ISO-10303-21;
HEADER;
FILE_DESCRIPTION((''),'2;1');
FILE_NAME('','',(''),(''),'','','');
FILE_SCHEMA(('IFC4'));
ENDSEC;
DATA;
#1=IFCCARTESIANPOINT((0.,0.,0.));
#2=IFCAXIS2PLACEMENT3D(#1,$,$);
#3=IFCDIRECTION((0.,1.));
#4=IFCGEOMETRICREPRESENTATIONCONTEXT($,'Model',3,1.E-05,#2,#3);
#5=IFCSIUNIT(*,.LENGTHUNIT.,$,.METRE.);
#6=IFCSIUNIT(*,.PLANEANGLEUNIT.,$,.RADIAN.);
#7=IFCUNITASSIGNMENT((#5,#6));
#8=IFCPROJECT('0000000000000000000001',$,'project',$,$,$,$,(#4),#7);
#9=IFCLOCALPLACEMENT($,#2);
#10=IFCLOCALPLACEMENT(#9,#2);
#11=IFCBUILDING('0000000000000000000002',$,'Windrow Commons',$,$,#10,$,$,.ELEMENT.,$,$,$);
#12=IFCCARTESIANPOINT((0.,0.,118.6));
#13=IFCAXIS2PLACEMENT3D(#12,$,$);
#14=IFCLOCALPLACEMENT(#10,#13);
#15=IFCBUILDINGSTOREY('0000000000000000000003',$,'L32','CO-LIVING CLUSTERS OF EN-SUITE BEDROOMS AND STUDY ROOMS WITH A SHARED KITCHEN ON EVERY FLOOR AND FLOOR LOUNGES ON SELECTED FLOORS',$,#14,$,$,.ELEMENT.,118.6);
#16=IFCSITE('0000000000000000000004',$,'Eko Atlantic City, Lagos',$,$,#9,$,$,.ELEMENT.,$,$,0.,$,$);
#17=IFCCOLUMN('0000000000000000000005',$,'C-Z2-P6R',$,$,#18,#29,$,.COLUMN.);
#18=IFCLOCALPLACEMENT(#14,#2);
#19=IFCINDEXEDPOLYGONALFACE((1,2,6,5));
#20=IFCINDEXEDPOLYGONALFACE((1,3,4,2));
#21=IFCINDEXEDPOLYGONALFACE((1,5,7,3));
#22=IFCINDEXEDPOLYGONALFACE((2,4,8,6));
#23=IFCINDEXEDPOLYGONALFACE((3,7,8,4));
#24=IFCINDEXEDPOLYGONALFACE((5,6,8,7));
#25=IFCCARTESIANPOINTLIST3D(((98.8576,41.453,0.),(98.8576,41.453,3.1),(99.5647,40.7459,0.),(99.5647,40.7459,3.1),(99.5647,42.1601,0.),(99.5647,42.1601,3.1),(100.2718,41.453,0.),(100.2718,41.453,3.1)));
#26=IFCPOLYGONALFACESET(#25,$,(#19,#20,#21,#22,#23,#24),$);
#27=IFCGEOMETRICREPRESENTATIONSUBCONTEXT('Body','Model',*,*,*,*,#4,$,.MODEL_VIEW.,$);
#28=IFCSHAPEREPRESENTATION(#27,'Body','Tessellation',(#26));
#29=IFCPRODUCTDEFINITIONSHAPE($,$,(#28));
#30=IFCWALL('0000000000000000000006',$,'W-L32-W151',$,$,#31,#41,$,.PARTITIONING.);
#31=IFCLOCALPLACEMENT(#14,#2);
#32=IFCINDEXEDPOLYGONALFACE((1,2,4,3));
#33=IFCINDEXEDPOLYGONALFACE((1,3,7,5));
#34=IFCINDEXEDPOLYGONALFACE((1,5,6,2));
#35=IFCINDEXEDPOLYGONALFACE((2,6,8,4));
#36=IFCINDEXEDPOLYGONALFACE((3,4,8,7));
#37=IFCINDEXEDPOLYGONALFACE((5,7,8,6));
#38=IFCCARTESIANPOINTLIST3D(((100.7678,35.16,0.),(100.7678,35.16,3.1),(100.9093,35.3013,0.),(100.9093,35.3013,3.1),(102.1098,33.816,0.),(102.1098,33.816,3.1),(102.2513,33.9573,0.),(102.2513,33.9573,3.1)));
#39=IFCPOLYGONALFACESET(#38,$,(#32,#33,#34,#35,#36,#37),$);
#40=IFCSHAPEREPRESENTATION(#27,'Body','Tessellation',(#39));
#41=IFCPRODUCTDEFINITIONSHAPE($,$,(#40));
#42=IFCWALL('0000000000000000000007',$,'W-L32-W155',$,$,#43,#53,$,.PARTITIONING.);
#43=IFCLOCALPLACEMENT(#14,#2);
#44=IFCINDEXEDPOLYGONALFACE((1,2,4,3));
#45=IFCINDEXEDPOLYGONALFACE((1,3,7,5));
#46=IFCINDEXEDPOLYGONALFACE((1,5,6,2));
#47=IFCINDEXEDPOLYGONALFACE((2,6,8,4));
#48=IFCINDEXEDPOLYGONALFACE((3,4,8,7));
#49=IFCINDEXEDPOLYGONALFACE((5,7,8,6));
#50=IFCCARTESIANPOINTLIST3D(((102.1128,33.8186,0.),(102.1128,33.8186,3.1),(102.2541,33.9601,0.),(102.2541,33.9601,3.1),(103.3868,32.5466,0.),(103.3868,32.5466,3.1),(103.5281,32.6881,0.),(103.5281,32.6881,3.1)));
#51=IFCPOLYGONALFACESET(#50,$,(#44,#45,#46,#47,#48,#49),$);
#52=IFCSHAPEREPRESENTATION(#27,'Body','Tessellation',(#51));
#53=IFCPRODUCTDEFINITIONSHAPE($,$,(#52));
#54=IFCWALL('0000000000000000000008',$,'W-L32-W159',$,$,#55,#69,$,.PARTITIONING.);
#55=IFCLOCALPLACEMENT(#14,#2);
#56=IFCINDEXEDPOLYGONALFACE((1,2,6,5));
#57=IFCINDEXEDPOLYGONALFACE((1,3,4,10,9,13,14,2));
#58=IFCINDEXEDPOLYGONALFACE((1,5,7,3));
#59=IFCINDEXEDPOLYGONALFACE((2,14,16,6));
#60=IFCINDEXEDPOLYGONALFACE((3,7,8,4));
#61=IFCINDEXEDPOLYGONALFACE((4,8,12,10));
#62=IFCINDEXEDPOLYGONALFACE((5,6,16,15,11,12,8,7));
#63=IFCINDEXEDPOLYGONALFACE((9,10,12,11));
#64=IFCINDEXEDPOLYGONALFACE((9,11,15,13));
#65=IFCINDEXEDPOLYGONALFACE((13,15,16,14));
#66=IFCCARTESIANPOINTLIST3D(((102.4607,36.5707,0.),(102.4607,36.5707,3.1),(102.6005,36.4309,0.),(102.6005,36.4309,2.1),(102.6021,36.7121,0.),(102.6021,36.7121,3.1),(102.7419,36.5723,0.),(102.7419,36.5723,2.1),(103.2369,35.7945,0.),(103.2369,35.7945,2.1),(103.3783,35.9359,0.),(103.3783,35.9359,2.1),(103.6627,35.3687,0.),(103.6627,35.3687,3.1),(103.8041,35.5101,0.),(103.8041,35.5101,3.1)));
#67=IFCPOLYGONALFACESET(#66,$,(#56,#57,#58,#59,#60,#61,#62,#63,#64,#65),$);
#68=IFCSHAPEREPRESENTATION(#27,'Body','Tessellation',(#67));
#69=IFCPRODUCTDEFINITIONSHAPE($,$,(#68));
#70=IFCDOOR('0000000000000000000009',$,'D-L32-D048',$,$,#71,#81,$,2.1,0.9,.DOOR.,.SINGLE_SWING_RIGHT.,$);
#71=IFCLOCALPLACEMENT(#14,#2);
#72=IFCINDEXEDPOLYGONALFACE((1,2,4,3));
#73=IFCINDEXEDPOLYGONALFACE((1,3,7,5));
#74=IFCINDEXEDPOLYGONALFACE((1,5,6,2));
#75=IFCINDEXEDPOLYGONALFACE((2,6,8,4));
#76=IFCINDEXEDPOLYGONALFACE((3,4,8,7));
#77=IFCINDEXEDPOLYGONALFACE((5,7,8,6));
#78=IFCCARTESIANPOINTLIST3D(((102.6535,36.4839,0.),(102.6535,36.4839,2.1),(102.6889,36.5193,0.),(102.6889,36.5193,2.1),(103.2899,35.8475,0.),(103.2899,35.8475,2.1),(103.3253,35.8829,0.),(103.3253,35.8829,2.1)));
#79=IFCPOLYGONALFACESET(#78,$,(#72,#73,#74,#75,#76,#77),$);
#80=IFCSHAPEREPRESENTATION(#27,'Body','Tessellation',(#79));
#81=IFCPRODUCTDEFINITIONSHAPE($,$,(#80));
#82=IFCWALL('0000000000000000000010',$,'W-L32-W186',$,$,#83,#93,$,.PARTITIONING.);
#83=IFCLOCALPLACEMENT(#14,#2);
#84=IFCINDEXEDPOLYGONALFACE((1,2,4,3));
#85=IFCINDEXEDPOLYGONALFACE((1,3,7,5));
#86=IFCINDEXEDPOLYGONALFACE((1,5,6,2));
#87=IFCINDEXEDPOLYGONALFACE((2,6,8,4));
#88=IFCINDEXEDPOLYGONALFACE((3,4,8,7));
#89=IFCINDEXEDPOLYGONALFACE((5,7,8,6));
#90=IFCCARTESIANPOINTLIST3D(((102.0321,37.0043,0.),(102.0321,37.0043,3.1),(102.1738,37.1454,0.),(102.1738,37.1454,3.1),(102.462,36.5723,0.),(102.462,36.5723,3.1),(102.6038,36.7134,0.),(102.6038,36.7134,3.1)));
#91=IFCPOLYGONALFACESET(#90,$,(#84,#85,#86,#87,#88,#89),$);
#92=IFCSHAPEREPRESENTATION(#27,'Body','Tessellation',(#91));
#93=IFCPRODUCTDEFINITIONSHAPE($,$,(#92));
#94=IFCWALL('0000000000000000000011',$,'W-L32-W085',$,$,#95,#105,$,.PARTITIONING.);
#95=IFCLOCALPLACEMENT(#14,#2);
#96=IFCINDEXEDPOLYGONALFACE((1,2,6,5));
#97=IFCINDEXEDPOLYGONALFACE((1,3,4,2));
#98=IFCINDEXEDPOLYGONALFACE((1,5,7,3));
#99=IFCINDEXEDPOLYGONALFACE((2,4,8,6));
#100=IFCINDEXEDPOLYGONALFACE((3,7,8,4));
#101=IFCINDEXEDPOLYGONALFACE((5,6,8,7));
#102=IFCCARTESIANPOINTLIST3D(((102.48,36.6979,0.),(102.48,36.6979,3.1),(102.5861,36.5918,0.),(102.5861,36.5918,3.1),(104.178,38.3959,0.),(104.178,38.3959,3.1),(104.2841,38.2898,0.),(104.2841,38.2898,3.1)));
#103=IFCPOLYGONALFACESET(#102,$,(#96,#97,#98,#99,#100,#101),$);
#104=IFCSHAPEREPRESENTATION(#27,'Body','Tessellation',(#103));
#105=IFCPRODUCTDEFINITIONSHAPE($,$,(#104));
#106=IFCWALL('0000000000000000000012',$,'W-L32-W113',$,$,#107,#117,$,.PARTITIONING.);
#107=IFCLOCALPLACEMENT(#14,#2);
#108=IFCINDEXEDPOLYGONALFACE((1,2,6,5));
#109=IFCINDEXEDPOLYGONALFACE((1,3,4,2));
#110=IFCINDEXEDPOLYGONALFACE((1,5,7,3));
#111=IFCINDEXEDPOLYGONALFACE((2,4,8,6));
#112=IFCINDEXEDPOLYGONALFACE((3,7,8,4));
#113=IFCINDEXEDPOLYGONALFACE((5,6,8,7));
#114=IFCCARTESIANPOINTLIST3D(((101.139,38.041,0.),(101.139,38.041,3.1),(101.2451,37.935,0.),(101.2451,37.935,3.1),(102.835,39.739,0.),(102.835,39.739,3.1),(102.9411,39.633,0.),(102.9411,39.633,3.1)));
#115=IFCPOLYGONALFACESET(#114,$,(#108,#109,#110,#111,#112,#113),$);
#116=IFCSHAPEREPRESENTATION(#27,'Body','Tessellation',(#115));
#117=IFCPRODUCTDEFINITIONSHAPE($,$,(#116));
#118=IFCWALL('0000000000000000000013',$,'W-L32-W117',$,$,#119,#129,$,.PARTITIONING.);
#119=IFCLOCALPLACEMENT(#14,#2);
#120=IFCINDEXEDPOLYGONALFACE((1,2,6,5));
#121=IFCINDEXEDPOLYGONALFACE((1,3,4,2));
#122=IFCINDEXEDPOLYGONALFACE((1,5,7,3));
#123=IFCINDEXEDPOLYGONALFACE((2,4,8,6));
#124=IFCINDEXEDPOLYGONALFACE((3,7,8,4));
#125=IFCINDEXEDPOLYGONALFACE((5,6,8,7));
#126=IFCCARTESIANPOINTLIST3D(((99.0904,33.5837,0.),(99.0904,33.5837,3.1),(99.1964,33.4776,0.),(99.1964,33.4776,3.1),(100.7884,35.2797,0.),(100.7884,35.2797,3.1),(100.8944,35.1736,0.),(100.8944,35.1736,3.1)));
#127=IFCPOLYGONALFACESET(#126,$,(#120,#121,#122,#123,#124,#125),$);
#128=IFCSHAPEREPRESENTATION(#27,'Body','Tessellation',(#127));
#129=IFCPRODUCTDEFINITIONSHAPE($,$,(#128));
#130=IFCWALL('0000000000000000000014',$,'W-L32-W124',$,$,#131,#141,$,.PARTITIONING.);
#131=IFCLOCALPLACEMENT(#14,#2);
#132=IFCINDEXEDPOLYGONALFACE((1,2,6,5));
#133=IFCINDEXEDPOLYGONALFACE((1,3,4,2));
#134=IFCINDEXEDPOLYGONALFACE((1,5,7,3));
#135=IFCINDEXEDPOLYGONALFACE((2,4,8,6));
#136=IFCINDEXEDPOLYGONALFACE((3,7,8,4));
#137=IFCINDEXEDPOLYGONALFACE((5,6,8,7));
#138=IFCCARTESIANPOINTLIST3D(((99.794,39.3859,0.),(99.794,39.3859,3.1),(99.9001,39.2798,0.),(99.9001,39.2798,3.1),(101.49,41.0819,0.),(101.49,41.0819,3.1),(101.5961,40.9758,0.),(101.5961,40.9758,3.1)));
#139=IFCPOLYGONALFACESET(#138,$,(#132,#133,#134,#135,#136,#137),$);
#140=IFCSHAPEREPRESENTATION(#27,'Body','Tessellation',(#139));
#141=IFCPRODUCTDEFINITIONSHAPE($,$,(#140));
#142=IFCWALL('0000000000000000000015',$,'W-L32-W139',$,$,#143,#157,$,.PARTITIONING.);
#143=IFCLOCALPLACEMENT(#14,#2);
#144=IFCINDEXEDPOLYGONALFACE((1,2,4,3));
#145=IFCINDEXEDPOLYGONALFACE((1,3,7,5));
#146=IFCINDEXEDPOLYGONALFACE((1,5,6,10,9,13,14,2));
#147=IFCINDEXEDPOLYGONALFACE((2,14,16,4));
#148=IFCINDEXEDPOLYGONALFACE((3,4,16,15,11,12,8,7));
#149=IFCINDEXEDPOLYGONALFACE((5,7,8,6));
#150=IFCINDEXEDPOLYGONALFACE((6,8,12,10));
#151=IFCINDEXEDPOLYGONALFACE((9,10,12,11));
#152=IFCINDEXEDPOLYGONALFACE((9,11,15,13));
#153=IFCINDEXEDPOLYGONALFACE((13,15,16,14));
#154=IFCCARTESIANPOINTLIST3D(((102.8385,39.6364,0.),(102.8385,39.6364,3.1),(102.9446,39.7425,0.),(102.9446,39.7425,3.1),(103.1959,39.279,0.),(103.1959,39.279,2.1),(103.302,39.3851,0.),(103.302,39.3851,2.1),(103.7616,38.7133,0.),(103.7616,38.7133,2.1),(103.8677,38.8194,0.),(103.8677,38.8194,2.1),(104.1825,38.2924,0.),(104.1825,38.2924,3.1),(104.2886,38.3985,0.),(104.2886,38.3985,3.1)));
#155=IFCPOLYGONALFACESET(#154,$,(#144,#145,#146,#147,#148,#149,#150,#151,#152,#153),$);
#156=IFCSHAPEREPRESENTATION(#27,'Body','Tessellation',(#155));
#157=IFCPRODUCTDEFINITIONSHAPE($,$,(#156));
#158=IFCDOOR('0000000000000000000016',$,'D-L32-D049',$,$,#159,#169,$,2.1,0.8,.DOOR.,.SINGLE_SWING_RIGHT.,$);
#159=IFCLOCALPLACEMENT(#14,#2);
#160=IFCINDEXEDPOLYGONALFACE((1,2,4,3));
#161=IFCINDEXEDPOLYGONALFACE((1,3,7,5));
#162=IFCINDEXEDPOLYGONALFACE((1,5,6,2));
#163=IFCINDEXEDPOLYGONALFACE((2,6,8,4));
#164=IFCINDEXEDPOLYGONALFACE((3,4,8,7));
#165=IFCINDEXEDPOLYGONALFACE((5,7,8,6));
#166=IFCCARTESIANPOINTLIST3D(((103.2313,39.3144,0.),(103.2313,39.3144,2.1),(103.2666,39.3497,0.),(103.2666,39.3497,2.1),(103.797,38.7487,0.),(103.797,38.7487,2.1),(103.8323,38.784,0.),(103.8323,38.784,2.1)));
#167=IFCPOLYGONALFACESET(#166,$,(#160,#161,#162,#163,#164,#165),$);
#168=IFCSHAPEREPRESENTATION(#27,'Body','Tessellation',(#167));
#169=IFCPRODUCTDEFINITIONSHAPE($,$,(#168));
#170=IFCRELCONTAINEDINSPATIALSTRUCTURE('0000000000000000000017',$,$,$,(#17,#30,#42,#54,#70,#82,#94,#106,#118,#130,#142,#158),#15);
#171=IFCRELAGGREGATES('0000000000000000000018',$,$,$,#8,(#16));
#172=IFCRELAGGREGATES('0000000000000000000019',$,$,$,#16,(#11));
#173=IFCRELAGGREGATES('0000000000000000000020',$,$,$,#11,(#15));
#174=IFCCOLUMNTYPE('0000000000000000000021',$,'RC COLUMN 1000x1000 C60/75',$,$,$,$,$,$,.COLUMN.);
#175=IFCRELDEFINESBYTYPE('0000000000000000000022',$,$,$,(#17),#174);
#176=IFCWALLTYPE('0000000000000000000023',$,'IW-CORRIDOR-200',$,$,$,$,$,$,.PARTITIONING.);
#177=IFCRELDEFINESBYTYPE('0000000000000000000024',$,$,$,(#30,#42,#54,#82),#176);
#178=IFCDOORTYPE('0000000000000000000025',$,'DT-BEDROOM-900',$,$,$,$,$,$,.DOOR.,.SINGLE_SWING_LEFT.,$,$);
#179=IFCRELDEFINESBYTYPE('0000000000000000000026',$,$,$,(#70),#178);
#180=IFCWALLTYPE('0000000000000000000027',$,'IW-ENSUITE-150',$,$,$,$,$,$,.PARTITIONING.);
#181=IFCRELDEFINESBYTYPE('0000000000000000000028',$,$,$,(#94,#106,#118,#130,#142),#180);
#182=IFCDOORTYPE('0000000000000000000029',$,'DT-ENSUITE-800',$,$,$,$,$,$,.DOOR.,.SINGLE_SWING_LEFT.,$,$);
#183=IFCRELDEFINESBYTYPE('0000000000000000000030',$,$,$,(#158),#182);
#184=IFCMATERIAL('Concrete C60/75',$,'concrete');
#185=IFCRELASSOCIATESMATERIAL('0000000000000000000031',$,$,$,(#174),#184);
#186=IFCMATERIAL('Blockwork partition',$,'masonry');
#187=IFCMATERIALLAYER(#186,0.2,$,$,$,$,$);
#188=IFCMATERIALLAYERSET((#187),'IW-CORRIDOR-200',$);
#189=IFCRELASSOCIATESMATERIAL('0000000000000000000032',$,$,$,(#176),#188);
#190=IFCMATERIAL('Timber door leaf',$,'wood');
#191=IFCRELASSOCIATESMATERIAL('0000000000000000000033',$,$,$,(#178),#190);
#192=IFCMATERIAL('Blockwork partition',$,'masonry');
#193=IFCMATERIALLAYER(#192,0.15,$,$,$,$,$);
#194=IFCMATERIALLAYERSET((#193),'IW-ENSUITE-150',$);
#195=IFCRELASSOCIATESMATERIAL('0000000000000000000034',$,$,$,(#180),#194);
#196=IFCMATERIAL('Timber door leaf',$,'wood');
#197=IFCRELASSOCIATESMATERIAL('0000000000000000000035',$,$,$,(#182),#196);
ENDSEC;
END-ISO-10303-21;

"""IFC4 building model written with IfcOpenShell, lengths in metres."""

from ifc_helpers import new_model, si_unit, direction, frame, frame_2d, origin, origin_2d, place, context, subcontext, project, spatial, rectangle, extrude, material, layer, layer_set, material_profile, profile_set, type_object, element, fill, save


model = new_model("IFC4")

# Units and contexts
model_context = context("Model", 3, precision=1e-05, world=origin(), true_north=direction((0.0, 1.0)))
body_context = subcontext(model_context, "Body", "Model", "MODEL_VIEW")
ifc_project = project(units=[si_unit("LENGTHUNIT", "METRE"), si_unit("PLANEANGLEUNIT", "RADIAN")], contexts=[model_context])

# Site, building, storey
site_placement = place(None, origin())
site = spatial("IfcSite", under=ifc_project, at=site_placement, Name="Eko Atlantic City, Lagos", CompositionType="ELEMENT", RefElevation=0.0)
building_placement = place(site_placement, origin())
building = spatial("IfcBuilding", under=site, at=building_placement, Name="Windrow Commons", CompositionType="ELEMENT")
storey_placement = place(building_placement, frame((0.0, 0.0, 118.6)))
storey = spatial("IfcBuildingStorey", under=building, at=storey_placement, Name="L32", Description="CO-LIVING CLUSTERS OF EN-SUITE BEDROOMS AND STUDY ROOMS WITH A SHARED KITCHEN ON EVERY FLOOR AND FLOOR LOUNGES ON SELECTED FLOORS", CompositionType="ELEMENT", Elevation=118.6)

# Column
ifc_material_1 = material(Name="Concrete C60/75", Category="concrete")
ifc_material_profile = material_profile(ifc_material_1, rectangle(XDim=1.0, YDim=1.0, at=origin_2d()))
ifc_profile_set = profile_set([ifc_material_profile], Name="Concrete C60/75")
column_type = type_object("IfcColumnType", Name="RC COLUMN 1000x1000 C60/75", PredefinedType="COLUMN", material=ifc_profile_set)
column_placement = place(storey_placement, frame((99.5647, 41.453, 0.0), z_axis=(0.0, 0.0, 1.0), x_axis=(0.707107, -0.707107, 0.0)))
element("IfcColumn", 1, at=column_placement, inside=storey, type_object=column_type, Name="C-Z2-P6R", PredefinedType="COLUMN", context=body_context, shape_type="SweptSolid", body=[
    extrude(rectangle(XDim=1.0, YDim=1.0, at=origin_2d()), origin(), (0.0, 0.0, 1.0), 3.1),
])

# Walls
ifc_material_2 = material(Name="Blockwork partition", Category="masonry")
ifc_layer_1 = layer(ifc_material_2, 0.2)
ifc_layer_set_1 = layer_set([ifc_layer_1], Name="IW-CORRIDOR-200")
wall_type_1 = type_object("IfcWallType", Name="IW-CORRIDOR-200", PredefinedType="PARTITIONING", material=ifc_layer_set_1)
wall_1_placement = place(storey_placement, frame((100.8386, 35.2306, 0.0), z_axis=(0.0, 0.0, 1.0), x_axis=(0.70658, -0.707633, 0.0)))
element("IfcWall", 2, at=wall_1_placement, inside=storey, type_object=wall_type_1, Name="W-L32-W151", PredefinedType="PARTITIONING", context=body_context, shape_type="SweptSolid", body=[
    extrude(rectangle(XDim=1.8993, YDim=0.2, at=frame_2d((0.9496, 0.0))), origin(), (0.0, 0.0, 1.0), 3.1),
])
wall_2_placement = place(storey_placement, frame((102.1834, 33.8894, 0.0), z_axis=(0.0, 0.0, 1.0), x_axis=(0.707662, -0.706551, 0.0)))
element("IfcWall", 3, at=wall_2_placement, inside=storey, type_object=wall_type_1, Name="W-L32-W155", PredefinedType="PARTITIONING", context=body_context, shape_type="SweptSolid", body=[
    extrude(rectangle(XDim=1.8003, YDim=0.2, at=frame_2d((0.9002, 0.0))), origin(), (0.0, 0.0, 1.0), 3.1),
])

# Wall, opening, door
wall_3_placement = place(storey_placement, frame((102.5314, 36.6414, 0.0), z_axis=(0.0, 0.0, 1.0), x_axis=(0.707107, -0.707107, 0.0)))
wall_3 = element("IfcWall", 4, at=wall_3_placement, inside=storey, type_object=wall_type_1, Name="W-L32-W159", PredefinedType="PARTITIONING", context=body_context, shape_type="SweptSolid", body=[
    extrude(rectangle(XDim=1.6999, YDim=0.2, at=frame_2d((0.8499, 0.0))), origin(), (0.0, 0.0, 1.0), 3.1),
])
opening_1_placement = place(wall_3_placement, frame((0.1977, 0.0, 0.0)))
opening_1 = element("IfcOpeningElement", 5, at=opening_1_placement, cuts=wall_3, PredefinedType="OPENING", context=body_context, shape_type="SweptSolid", body=[
    extrude(rectangle(XDim=0.9, YDim=2.1, at=frame_2d((0.45, 1.05))), frame((0.0, 0.11, 0.0), z_axis=(0.0, -1.0, 0.0), x_axis=(1.0, 0.0, 0.0)), (0.0, 0.0, 1.0), 0.22),
])
ifc_material_3 = material(Name="Timber door leaf", Category="wood")
door_type_1 = type_object("IfcDoorType", Name="DT-BEDROOM-900", OperationType="SINGLE_SWING_LEFT", PredefinedType="DOOR", material=ifc_material_3)
door_1_placement = place(opening_1_placement, origin())
door_1 = element("IfcDoor", 6, at=door_1_placement, inside=storey, type_object=door_type_1, Name="D-L32-D048", OperationType="SINGLE_SWING_RIGHT", OverallHeight=2.1, OverallWidth=0.9, PredefinedType="DOOR", context=body_context, shape_type="SweptSolid", body=[
    extrude(rectangle(XDim=0.9, YDim=2.1, at=frame_2d((0.45, 1.05))), frame((0.0, 0.025, 0.0), z_axis=(0.0, -1.0, 0.0), x_axis=(1.0, 0.0, 0.0)), (0.0, 0.0, 1.0), 0.05),
])
fill(opening_1, door_1)

# Walls
wall_4_placement = place(storey_placement, frame((102.1029, 37.0749, 0.0), z_axis=(0.0, 0.0, 1.0), x_axis=(0.705464, -0.708745, 0.0)))
element("IfcWall", 7, at=wall_4_placement, inside=storey, type_object=wall_type_1, Name="W-L32-W186", PredefinedType="PARTITIONING", context=body_context, shape_type="SweptSolid", body=[
    extrude(rectangle(XDim=0.6095, YDim=0.2, at=frame_2d((0.3048, 0.0))), origin(), (0.0, 0.0, 1.0), 3.1),
])
ifc_material_4 = material(Name="Blockwork partition", Category="masonry")
ifc_layer_2 = layer(ifc_material_4, 0.15)
ifc_layer_set_2 = layer_set([ifc_layer_2], Name="IW-ENSUITE-150")
wall_type_2 = type_object("IfcWallType", Name="IW-ENSUITE-150", PredefinedType="PARTITIONING", material=ifc_layer_set_2)
wall_5_placement = place(storey_placement, frame((102.5331, 36.6449, 0.0), z_axis=(0.0, 0.0, 1.0), x_axis=(0.707107, 0.707107, 0.0)))
element("IfcWall", 8, at=wall_5_placement, inside=storey, type_object=wall_type_2, Name="W-L32-W085", PredefinedType="PARTITIONING", context=body_context, shape_type="SweptSolid", body=[
    extrude(rectangle(XDim=2.4013, YDim=0.15, at=frame_2d((1.2006, 0.0))), origin(), (0.0, 0.0, 1.0), 3.1),
])
for number, where, z_axis, x_axis, name in (
    (9, (101.192, 37.988, 0.0), (0.0, 0.0, 1.0), (0.70669, 0.707523, 0.0), "W-L32-W113"),
    (10, (99.1434, 33.5306, 0.0), (0.0, 0.0, 1.0), (0.707523, 0.70669, 0.0), "W-L32-W117"),
):
    element("IfcWall", number, at=place(storey_placement, frame(where, z_axis=z_axis, x_axis=x_axis)), inside=storey, type_object=wall_type_2, Name=name, PredefinedType="PARTITIONING", context=body_context, shape_type="SweptSolid", body=[
        extrude(rectangle(XDim=2.3999, YDim=0.15, at=frame_2d((1.2, 0.0))), origin(), (0.0, 0.0, 1.0), 3.1),
    ])
wall_6_placement = place(storey_placement, frame((99.8471, 39.3329, 0.0), z_axis=(0.0, 0.0, 1.0), x_axis=(0.707107, 0.707107, 0.0)))
element("IfcWall", 11, at=wall_6_placement, inside=storey, type_object=wall_type_2, Name="W-L32-W124", PredefinedType="PARTITIONING", context=body_context, shape_type="SweptSolid", body=[
    extrude(rectangle(XDim=2.3985, YDim=0.15, at=frame_2d((1.1992, 0.0))), origin(), (0.0, 0.0, 1.0), 3.1),
])

# Wall, opening, door
wall_7_placement = place(storey_placement, frame((102.8915, 39.6895, 0.0), z_axis=(0.0, 0.0, 1.0), x_axis=(0.707107, -0.707107, 0.0)))
wall_7 = element("IfcWall", 12, at=wall_7_placement, inside=storey, type_object=wall_type_2, Name="W-L32-W139", PredefinedType="PARTITIONING", context=body_context, shape_type="SweptSolid", body=[
    extrude(rectangle(XDim=1.9007, YDim=0.15, at=frame_2d((0.9504, 0.0))), origin(), (0.0, 0.0, 1.0), 3.1),
])
opening_2_placement = place(wall_7_placement, frame((0.5055, 0.0, 0.0)))
opening_2 = element("IfcOpeningElement", 13, at=opening_2_placement, cuts=wall_7, PredefinedType="OPENING", context=body_context, shape_type="SweptSolid", body=[
    extrude(rectangle(XDim=0.8, YDim=2.1, at=frame_2d((0.4, 1.05))), frame((0.0, 0.085, 0.0), z_axis=(0.0, -1.0, 0.0), x_axis=(1.0, 0.0, 0.0)), (0.0, 0.0, 1.0), 0.17),
])
ifc_material_5 = material(Name="Timber door leaf", Category="wood")
door_type_2 = type_object("IfcDoorType", Name="DT-ENSUITE-800", OperationType="SINGLE_SWING_LEFT", PredefinedType="DOOR", material=ifc_material_5)
door_2_placement = place(opening_2_placement, origin())
door_2 = element("IfcDoor", 14, at=door_2_placement, inside=storey, type_object=door_type_2, Name="D-L32-D049", OperationType="SINGLE_SWING_RIGHT", OverallHeight=2.1, OverallWidth=0.8, PredefinedType="DOOR", context=body_context, shape_type="SweptSolid", body=[
    extrude(rectangle(XDim=0.8, YDim=2.1, at=frame_2d((0.4, 1.05))), frame((0.0, 0.025, 0.0), z_axis=(0.0, -1.0, 0.0), x_axis=(1.0, 0.0, 0.0)), (0.0, 0.0, 1.0), 0.05),
])
fill(opening_2, door_2)

save(model, "model.ifc")
